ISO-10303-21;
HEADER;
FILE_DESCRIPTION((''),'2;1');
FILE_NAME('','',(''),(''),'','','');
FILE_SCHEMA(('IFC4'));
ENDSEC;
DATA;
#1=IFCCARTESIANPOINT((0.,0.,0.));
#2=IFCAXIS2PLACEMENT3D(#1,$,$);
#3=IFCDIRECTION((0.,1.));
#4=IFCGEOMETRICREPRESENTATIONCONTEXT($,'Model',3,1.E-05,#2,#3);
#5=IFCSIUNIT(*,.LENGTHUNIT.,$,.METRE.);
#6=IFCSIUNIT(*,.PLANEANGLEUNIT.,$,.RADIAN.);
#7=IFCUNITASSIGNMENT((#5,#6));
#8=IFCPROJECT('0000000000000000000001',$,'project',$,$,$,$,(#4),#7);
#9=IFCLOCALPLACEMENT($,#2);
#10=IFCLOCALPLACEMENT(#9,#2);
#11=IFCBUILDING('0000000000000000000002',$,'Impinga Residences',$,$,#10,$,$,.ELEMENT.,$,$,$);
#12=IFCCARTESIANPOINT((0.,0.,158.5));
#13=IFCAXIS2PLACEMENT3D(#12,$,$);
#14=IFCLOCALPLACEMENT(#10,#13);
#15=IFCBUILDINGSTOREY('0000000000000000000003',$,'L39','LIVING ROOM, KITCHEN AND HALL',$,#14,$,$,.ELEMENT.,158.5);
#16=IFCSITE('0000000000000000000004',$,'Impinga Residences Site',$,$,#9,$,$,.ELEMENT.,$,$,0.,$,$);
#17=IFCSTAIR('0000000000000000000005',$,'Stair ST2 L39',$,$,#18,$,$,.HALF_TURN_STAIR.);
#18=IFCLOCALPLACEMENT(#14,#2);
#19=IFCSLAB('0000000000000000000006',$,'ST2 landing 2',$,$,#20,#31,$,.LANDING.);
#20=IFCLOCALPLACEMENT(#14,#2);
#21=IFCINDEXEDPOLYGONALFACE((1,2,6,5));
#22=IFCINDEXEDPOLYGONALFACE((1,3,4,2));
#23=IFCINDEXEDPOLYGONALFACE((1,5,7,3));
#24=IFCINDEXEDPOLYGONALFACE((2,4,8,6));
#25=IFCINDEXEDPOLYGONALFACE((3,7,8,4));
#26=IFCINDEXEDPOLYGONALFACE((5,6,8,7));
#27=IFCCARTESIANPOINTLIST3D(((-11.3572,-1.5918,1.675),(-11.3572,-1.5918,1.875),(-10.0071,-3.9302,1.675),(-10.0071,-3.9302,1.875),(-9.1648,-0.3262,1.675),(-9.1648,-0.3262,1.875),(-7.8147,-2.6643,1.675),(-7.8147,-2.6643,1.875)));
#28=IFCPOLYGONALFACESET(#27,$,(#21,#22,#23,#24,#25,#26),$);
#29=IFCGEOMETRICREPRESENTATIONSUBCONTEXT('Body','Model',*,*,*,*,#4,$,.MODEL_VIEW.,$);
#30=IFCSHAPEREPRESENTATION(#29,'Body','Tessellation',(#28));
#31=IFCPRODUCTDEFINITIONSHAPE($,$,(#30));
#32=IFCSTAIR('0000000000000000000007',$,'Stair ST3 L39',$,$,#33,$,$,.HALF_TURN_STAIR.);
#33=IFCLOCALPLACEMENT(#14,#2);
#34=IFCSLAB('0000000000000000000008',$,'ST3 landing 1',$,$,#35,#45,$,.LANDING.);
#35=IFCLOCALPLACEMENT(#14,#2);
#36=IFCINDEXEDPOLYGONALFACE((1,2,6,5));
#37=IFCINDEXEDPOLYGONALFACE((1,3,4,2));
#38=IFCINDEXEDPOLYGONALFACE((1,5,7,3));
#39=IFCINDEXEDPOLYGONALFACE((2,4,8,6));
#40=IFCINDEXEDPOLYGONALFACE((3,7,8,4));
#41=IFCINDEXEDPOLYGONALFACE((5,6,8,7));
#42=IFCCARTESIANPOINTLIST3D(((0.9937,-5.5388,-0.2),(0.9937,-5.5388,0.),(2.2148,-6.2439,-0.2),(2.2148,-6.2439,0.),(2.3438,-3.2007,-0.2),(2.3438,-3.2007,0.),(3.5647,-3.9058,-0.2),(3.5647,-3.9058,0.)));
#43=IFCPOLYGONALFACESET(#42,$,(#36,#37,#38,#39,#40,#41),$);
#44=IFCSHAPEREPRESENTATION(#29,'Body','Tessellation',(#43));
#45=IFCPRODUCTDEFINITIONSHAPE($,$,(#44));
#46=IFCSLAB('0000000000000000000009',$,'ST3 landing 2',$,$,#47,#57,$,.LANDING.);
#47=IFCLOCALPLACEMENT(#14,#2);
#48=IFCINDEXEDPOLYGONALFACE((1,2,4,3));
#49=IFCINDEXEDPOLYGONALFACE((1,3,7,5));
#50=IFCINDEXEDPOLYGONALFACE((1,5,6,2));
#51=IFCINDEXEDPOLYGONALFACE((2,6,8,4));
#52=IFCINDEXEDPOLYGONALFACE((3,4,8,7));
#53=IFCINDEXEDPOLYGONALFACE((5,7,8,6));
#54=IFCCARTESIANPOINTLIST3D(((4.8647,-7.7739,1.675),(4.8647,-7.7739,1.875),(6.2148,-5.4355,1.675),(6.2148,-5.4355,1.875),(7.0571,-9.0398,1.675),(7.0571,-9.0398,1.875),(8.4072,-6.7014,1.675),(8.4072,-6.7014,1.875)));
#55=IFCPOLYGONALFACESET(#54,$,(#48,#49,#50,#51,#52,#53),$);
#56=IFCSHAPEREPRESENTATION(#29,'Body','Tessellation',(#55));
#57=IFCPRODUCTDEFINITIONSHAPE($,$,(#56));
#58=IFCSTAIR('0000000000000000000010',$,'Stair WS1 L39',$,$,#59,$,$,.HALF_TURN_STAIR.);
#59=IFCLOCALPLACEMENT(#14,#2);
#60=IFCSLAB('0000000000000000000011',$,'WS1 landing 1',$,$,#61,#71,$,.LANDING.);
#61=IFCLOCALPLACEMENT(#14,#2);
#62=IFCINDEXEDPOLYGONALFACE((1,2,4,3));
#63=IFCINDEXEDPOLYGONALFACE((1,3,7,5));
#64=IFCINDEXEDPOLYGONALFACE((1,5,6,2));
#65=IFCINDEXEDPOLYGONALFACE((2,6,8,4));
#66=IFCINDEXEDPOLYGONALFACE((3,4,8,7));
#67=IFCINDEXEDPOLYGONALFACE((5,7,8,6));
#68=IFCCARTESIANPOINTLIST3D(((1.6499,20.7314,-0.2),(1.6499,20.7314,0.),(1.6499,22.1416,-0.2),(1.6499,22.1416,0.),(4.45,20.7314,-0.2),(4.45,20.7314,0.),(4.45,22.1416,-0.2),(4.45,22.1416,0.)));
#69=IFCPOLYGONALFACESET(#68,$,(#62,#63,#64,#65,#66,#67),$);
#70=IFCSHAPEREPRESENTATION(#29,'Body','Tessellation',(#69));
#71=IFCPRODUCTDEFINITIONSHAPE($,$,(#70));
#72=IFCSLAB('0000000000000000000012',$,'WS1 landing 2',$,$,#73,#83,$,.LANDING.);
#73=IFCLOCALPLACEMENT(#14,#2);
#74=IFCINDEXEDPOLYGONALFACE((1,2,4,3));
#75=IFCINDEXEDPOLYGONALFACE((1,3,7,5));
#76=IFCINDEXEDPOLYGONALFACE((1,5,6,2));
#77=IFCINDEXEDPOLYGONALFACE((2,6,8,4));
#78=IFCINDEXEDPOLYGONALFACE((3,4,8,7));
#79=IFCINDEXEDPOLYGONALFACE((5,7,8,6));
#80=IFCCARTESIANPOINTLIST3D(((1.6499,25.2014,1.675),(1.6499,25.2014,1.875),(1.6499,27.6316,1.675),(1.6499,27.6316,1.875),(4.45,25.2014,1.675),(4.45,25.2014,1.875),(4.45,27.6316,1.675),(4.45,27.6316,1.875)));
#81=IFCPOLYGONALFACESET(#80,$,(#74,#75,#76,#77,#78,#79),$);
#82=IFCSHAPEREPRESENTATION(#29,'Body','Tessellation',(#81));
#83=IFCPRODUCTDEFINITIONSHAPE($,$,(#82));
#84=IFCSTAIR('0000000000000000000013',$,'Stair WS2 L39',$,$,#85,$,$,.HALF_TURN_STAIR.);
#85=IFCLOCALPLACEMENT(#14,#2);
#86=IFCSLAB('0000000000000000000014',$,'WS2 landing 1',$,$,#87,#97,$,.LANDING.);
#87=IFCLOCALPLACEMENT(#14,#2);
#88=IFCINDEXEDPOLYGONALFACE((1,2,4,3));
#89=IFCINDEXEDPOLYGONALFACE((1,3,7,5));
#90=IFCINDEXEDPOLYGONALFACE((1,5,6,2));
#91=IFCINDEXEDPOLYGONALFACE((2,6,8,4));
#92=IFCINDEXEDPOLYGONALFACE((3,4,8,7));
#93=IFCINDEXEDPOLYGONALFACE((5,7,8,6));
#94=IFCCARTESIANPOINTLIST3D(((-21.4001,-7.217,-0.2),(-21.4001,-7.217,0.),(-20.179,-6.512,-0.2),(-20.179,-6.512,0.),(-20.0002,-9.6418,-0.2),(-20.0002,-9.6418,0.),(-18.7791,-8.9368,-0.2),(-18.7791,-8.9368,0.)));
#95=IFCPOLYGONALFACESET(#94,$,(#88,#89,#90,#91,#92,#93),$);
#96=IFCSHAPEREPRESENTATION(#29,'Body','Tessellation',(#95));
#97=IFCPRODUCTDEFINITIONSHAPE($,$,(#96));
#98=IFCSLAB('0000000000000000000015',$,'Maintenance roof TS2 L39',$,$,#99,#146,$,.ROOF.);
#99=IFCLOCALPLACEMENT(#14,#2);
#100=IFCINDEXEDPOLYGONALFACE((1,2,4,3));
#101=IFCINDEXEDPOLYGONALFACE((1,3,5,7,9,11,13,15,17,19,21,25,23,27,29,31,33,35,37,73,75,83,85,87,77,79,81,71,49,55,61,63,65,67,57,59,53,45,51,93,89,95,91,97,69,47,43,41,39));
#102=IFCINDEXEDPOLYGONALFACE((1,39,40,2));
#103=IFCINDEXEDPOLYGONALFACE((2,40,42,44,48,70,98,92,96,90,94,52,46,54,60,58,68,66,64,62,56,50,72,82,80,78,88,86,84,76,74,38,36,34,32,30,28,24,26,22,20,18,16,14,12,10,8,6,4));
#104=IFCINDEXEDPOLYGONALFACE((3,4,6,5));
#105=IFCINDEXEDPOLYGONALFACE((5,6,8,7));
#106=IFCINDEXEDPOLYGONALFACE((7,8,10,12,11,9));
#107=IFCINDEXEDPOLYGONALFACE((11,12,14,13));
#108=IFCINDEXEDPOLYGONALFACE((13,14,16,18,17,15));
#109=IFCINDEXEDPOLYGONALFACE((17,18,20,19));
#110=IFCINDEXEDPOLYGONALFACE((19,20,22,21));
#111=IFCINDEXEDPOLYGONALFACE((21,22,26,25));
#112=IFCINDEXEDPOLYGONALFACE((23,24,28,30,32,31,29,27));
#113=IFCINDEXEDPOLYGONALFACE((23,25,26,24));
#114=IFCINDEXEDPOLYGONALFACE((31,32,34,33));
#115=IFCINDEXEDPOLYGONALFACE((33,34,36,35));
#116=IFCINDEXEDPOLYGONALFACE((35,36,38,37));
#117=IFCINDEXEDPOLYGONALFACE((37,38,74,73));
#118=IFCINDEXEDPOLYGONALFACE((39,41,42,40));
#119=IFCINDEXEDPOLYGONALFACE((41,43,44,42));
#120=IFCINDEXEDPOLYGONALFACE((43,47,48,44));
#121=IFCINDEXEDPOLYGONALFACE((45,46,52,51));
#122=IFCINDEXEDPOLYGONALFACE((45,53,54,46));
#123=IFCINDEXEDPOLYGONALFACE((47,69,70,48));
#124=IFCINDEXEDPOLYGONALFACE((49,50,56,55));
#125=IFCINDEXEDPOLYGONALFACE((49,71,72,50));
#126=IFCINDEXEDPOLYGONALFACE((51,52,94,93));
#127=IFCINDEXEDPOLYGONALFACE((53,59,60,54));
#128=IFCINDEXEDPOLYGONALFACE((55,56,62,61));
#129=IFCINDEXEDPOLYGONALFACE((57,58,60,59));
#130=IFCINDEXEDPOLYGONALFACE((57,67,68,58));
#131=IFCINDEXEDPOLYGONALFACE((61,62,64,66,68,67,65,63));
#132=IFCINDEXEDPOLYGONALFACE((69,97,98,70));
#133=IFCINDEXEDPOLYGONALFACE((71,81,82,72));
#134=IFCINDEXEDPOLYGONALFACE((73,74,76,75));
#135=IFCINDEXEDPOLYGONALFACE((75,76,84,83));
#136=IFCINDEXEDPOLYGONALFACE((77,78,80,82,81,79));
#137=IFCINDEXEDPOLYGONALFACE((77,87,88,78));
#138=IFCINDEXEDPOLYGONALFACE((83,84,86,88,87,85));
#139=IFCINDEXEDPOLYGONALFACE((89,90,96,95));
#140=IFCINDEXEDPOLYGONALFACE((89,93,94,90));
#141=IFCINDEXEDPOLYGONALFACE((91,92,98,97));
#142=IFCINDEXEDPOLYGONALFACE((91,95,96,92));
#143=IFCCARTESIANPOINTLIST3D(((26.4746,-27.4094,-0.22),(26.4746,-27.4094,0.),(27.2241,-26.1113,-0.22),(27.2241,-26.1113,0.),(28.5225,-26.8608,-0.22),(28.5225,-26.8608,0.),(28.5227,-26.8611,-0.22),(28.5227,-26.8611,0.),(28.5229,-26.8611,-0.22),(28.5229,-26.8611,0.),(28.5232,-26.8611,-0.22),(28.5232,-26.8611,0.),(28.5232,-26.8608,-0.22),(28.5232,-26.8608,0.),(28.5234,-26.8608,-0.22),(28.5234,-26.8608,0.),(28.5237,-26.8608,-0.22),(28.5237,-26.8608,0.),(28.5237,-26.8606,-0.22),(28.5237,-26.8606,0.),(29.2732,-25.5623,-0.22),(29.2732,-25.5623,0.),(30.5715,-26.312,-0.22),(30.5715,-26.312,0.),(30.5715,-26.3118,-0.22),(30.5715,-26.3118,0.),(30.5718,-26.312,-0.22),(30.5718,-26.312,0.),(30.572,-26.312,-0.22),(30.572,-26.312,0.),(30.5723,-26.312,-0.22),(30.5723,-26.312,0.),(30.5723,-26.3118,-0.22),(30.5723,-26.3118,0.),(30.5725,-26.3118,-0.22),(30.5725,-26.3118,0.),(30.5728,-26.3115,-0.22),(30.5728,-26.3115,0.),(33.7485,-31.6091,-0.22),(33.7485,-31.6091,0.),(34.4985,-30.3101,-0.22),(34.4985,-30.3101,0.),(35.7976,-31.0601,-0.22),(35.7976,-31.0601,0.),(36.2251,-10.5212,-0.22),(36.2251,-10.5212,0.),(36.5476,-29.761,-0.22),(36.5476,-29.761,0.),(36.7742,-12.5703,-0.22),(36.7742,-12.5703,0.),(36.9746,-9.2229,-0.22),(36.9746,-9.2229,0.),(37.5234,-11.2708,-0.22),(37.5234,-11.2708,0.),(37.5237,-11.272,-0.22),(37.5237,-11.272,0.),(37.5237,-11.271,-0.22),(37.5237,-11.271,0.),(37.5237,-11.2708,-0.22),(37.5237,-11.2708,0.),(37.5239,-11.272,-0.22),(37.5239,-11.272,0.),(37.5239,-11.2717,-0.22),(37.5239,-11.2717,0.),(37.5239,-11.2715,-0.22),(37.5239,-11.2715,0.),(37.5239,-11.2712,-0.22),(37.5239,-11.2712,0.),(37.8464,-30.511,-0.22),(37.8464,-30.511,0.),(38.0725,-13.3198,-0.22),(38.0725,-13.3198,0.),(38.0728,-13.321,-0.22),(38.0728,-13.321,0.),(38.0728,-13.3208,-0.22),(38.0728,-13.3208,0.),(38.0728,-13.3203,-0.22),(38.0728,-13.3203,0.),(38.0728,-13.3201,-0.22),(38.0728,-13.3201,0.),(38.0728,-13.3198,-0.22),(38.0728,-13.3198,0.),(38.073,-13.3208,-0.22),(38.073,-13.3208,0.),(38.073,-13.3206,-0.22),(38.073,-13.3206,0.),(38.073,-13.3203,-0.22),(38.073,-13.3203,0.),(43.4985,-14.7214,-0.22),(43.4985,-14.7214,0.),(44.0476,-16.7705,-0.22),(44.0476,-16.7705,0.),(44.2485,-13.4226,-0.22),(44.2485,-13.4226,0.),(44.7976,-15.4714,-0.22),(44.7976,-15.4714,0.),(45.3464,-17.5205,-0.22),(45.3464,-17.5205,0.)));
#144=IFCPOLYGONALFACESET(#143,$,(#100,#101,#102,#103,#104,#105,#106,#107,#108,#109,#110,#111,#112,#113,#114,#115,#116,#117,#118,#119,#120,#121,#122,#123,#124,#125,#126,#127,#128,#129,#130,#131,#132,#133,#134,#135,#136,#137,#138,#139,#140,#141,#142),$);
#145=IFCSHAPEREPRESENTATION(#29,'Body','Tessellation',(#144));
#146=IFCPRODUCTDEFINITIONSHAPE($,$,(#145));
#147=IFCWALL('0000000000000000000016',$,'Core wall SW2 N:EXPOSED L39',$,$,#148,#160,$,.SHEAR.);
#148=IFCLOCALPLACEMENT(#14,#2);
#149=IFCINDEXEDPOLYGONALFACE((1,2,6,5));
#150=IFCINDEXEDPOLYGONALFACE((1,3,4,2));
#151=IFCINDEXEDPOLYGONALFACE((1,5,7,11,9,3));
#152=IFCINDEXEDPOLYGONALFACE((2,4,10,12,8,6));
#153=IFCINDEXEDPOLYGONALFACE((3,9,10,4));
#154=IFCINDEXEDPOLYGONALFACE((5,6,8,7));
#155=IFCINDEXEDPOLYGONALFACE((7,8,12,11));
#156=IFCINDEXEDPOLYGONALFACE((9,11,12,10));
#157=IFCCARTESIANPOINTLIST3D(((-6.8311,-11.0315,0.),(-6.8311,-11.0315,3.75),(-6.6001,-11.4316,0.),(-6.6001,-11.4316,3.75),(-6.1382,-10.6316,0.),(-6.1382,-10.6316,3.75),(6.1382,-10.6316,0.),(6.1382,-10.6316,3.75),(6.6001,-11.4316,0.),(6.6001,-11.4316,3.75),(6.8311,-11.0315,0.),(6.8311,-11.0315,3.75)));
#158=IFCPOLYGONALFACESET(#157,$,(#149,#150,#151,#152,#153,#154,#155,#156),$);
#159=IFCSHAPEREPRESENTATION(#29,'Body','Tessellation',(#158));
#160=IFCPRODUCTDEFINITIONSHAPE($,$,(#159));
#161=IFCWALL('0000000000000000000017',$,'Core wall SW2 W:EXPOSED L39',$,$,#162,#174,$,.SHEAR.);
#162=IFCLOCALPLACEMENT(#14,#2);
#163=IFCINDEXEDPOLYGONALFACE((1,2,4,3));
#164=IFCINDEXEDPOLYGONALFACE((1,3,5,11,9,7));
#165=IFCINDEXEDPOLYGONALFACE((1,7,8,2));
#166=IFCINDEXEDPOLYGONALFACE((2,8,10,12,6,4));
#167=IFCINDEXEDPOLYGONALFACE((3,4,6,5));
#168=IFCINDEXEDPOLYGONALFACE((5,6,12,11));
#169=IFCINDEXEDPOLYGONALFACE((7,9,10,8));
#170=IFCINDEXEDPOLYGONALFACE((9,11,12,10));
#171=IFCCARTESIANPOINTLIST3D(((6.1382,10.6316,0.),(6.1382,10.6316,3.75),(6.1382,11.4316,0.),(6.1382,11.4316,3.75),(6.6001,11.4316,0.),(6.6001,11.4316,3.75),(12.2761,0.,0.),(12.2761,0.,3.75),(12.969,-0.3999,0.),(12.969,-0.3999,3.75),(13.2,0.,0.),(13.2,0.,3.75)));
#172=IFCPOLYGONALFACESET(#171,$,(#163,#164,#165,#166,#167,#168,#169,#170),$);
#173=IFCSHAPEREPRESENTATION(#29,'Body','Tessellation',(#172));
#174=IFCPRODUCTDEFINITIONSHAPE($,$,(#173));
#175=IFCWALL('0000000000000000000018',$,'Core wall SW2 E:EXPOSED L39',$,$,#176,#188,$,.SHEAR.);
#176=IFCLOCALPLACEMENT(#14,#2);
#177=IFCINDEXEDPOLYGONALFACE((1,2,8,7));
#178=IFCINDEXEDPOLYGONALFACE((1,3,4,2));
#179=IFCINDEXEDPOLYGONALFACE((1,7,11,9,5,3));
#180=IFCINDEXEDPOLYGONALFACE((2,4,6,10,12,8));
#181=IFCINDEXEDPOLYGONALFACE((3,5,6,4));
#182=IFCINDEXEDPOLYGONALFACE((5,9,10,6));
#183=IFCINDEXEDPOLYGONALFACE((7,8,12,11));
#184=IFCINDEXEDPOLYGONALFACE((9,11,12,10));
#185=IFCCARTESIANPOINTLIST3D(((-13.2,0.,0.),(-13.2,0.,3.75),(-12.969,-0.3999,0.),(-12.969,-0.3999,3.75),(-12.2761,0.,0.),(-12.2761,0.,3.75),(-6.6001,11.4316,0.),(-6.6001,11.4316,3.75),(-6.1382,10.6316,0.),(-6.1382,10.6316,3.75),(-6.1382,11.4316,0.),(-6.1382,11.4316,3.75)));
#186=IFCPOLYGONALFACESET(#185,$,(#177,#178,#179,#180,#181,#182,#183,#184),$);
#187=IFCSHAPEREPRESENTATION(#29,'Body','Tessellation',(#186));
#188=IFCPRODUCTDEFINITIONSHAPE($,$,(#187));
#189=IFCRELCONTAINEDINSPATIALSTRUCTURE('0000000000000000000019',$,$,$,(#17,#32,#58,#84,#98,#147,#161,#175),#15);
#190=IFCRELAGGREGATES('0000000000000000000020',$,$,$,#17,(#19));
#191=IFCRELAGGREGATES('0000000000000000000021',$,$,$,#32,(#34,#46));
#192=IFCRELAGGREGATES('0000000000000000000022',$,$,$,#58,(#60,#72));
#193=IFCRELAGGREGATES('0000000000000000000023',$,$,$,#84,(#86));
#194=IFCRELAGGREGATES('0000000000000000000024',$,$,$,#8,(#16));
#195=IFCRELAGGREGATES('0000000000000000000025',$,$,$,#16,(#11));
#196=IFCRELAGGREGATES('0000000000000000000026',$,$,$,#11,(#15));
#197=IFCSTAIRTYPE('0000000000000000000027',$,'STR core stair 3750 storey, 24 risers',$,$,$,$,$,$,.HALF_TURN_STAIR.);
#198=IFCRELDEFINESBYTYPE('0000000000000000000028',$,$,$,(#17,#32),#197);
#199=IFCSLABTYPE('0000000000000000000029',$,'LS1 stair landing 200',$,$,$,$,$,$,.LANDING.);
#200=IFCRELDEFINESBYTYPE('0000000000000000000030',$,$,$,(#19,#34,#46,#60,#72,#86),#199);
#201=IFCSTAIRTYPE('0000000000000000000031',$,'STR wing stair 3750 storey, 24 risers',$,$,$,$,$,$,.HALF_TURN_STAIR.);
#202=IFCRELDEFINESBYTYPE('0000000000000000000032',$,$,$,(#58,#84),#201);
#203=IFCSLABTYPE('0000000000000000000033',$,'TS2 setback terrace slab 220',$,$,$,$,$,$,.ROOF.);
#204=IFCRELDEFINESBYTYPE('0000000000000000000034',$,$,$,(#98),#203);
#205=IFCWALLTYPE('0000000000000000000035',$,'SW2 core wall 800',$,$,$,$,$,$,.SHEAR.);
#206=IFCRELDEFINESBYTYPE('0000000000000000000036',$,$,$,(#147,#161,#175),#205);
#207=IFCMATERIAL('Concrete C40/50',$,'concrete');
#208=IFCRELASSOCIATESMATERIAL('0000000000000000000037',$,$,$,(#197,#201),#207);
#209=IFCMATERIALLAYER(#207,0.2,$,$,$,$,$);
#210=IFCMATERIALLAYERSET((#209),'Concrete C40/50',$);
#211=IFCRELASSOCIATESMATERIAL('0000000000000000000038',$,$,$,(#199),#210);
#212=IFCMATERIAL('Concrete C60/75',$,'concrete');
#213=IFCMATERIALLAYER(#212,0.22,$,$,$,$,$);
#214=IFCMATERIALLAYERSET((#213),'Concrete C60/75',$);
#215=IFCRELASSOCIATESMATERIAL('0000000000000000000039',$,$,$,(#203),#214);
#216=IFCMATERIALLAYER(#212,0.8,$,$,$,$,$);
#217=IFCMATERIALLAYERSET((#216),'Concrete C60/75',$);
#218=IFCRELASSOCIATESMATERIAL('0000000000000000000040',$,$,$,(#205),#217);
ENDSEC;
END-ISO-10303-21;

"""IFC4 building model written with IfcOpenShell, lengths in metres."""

from ifc_helpers import new_model, si_unit, direction, frame, origin, place, context, subcontext, project, spatial, polyline, outline, extrude, material, layer, layer_set, type_object, element, aggregate, save


model = new_model("IFC4")

# Units and contexts
model_context = context("Model", 3, precision=1e-05, world=origin(), true_north=direction((0.0, 1.0)))
body_context = subcontext(model_context, "Body", "Model", "MODEL_VIEW")
ifc_project = project(units=[si_unit("LENGTHUNIT", "METRE"), si_unit("PLANEANGLEUNIT", "RADIAN")], contexts=[model_context])

# Site, building, storey
site_placement = place(None, origin())
site = spatial("IfcSite", under=ifc_project, at=site_placement, Name="Impinga Residences Site", CompositionType="ELEMENT", RefElevation=0.0)
building_placement = place(site_placement, origin())
building = spatial("IfcBuilding", under=site, at=building_placement, Name="Impinga Residences", CompositionType="ELEMENT")
storey_placement = place(building_placement, frame((0.0, 0.0, 158.5)))
storey = spatial("IfcBuildingStorey", under=building, at=storey_placement, Name="L39", Description="LIVING ROOM, KITCHEN AND HALL", CompositionType="ELEMENT", Elevation=158.5)

# Shared definitions
ifc_material_1 = material(Name="Concrete C60/75", Category="concrete")

# Stairs, slabs
ifc_material_2 = material(Name="Concrete C40/50", Category="concrete")
stair_type_1 = type_object("IfcStairType", Name="STR core stair 3750 storey, 24 risers", PredefinedType="HALF_TURN_STAIR", material=ifc_material_2)
ifc_layer_1 = layer(ifc_material_2, 0.2)
ifc_layer_set_1 = layer_set([ifc_layer_1], Name="Concrete C40/50")
slab_type_1 = type_object("IfcSlabType", Name="LS1 stair landing 200", PredefinedType="LANDING", material=ifc_layer_set_1)
stair_1_placement = place(storey_placement, origin())
stair_1 = element("IfcStair", 1, at=stair_1_placement, inside=storey, type_object=stair_type_1, Name="Stair ST2 L39", PredefinedType="HALF_TURN_STAIR")
slab_1_placement = place(storey_placement, frame((0.0, 0.0, 1.675)))
slab_1 = element("IfcSlab", 2, at=slab_1_placement, type_object=slab_type_1, Name="ST2 landing 2", PredefinedType="LANDING", context=body_context, shape_type="SweptSolid", body=[
    extrude(outline(polyline([(-7.8147, -2.6643), (-9.1648, -0.3262), (-11.3572, -1.5918), (-10.0071, -3.9302), (-7.8147, -2.6643)])), origin(), (0.0, 0.0, 1.0), 0.2),
])
aggregate(stair_1, [slab_1])
stair_2_placement = place(storey_placement, origin())
stair_2 = element("IfcStair", 3, at=stair_2_placement, inside=storey, type_object=stair_type_1, Name="Stair ST3 L39", PredefinedType="HALF_TURN_STAIR")
slab_2_placement = place(storey_placement, frame((0.0, 0.0, -0.2)))
slab_2 = element("IfcSlab", 4, at=slab_2_placement, type_object=slab_type_1, Name="ST3 landing 1", PredefinedType="LANDING", context=body_context, shape_type="SweptSolid", body=[
    extrude(outline(polyline([(2.3438, -3.2007), (0.9937, -5.5388), (2.2148, -6.2439), (3.5647, -3.9058), (2.3438, -3.2007)])), origin(), (0.0, 0.0, 1.0), 0.2),
])
slab_3_placement = place(storey_placement, frame((0.0, 0.0, 1.675)))
slab_3 = element("IfcSlab", 5, at=slab_3_placement, type_object=slab_type_1, Name="ST3 landing 2", PredefinedType="LANDING", context=body_context, shape_type="SweptSolid", body=[
    extrude(outline(polyline([(6.2148, -5.4355), (4.8647, -7.7739), (7.0571, -9.0398), (8.4072, -6.7014), (6.2148, -5.4355)])), origin(), (0.0, 0.0, 1.0), 0.2),
])
aggregate(stair_2, [slab_2, slab_3])
stair_type_2 = type_object("IfcStairType", Name="STR wing stair 3750 storey, 24 risers", PredefinedType="HALF_TURN_STAIR", material=ifc_material_2)
stair_3_placement = place(storey_placement, origin())
stair_3 = element("IfcStair", 6, at=stair_3_placement, inside=storey, type_object=stair_type_2, Name="Stair WS1 L39", PredefinedType="HALF_TURN_STAIR")
slab_4_placement = place(storey_placement, frame((0.0, 0.0, -0.2)))
slab_4 = element("IfcSlab", 7, at=slab_4_placement, type_object=slab_type_1, Name="WS1 landing 1", PredefinedType="LANDING", context=body_context, shape_type="SweptSolid", body=[
    extrude(outline(polyline([(1.6499, 20.7314), (4.45, 20.7314), (4.45, 22.1416), (1.6499, 22.1416), (1.6499, 20.7314)])), origin(), (0.0, 0.0, 1.0), 0.2),
])
slab_5_placement = place(storey_placement, frame((0.0, 0.0, 1.675)))
slab_5 = element("IfcSlab", 8, at=slab_5_placement, type_object=slab_type_1, Name="WS1 landing 2", PredefinedType="LANDING", context=body_context, shape_type="SweptSolid", body=[
    extrude(outline(polyline([(1.6499, 25.2014), (4.45, 25.2014), (4.45, 27.6316), (1.6499, 27.6316), (1.6499, 25.2014)])), origin(), (0.0, 0.0, 1.0), 0.2),
])
aggregate(stair_3, [slab_4, slab_5])

# Stair, slab
stair_4_placement = place(storey_placement, origin())
stair_4 = element("IfcStair", 9, at=stair_4_placement, inside=storey, type_object=stair_type_2, Name="Stair WS2 L39", PredefinedType="HALF_TURN_STAIR")
slab_6_placement = place(storey_placement, frame((0.0, 0.0, -0.2)))
slab_6 = element("IfcSlab", 10, at=slab_6_placement, type_object=slab_type_1, Name="WS2 landing 1", PredefinedType="LANDING", context=body_context, shape_type="SweptSolid", body=[
    extrude(outline(polyline([(-18.7791, -8.9368), (-20.179, -6.512), (-21.4001, -7.217), (-20.0002, -9.6418), (-18.7791, -8.9368)])), origin(), (0.0, 0.0, 1.0), 0.2),
])
aggregate(stair_4, [slab_6])

# Slab
ifc_layer_2 = layer(ifc_material_1, 0.22)
ifc_layer_set_2 = layer_set([ifc_layer_2], Name="Concrete C60/75")
slab_type_2 = type_object("IfcSlabType", Name="TS2 setback terrace slab 220", PredefinedType="ROOF", material=ifc_layer_set_2)
slab_7_placement = place(storey_placement, frame((0.0, 0.0, -0.22)))
element("IfcSlab", 11, at=slab_7_placement, inside=storey, type_object=slab_type_2, Name="Maintenance roof TS2 L39", PredefinedType="ROOF", context=body_context, shape_type="SweptSolid", body=[
    extrude(outline(polyline([(43.4985, -14.7214), (44.7976, -15.4714), (44.0476, -16.7705), (45.3464, -17.5205), (37.8464, -30.511), (36.5476, -29.761), (35.7976, -31.0601), (34.4985, -30.3101), (33.7485, -31.6091), (26.4746, -27.4094), (27.2241, -26.1113), (28.5225, -26.8608), (28.5225, -26.8608), (28.5225, -26.8608), (28.5227, -26.8611), (28.5227, -26.8611), (28.5229, -26.8611), (28.5229, -26.8611), (28.5229, -26.8611), (28.5232, -26.8611), (28.5232, -26.8608), (28.5234, -26.8608), (28.5234, -26.8608), (28.5234, -26.8608), (28.5237, -26.8608), (28.5237, -26.8606), (28.5237, -26.8606), (28.5237, -26.8606), (29.2732, -25.5623), (30.5715, -26.3118), (30.5715, -26.3118), (30.5715, -26.312), (30.5718, -26.312), (30.5718, -26.312), (30.5718, -26.312), (30.572, -26.312), (30.572, -26.312), (30.5723, -26.312), (30.5723, -26.312), (30.5723, -26.3118), (30.5725, -26.3118), (30.5725, -26.3118), (30.5725, -26.3118), (30.5728, -26.3115), (30.5728, -26.3115), (30.5728, -26.3115), (38.0728, -13.321), (38.0728, -13.321), (38.0728, -13.3208), (38.073, -13.3208), (38.073, -13.3208), (38.073, -13.3206), (38.073, -13.3206), (38.073, -13.3203), (38.073, -13.3203), (38.0728, -13.3203), (38.0728, -13.3201), (38.0728, -13.3201), (38.0728, -13.3201), (38.0728, -13.3198), (38.0725, -13.3198), (38.0725, -13.3198), (38.0725, -13.3198), (36.7742, -12.5703), (37.5237, -11.272), (37.5237, -11.272), (37.5239, -11.272), (37.5239, -11.2717), (37.5239, -11.2717), (37.5239, -11.2715), (37.5239, -11.2715), (37.5239, -11.2715), (37.5239, -11.2712), (37.5239, -11.2712), (37.5237, -11.271), (37.5237, -11.271), (37.5237, -11.271), (37.5237, -11.2708), (37.5234, -11.2708), (37.5234, -11.2708), (37.5234, -11.2708), (36.2251, -10.5212), (36.9746, -9.2229), (36.9746, -9.2229), (44.2485, -13.4226), (43.4985, -14.7214)])), origin(), (0.0, 0.0, 1.0), 0.22),
])

# Walls
ifc_layer_3 = layer(ifc_material_1, 0.8)
ifc_layer_set_3 = layer_set([ifc_layer_3], Name="Concrete C60/75")
wall_type_1 = type_object("IfcWallType", Name="SW2 core wall 800", PredefinedType="SHEAR", material=ifc_layer_set_3)
wall_1_placement = place(storey_placement, origin())
element("IfcWall", 12, at=wall_1_placement, inside=storey, type_object=wall_type_1, Name="Core wall SW2 N:EXPOSED L39", PredefinedType="SHEAR", context=body_context, shape_type="SweptSolid", body=[
    extrude(outline(polyline([(-6.6001, -11.4316), (6.6001, -11.4316), (6.8311, -11.0315), (6.1382, -10.6316), (-6.1382, -10.6316), (-6.8311, -11.0315), (-6.6001, -11.4316)])), origin(), (0.0, 0.0, 1.0), 3.75),
])
wall_2_placement = place(storey_placement, origin())
element("IfcWall", 13, at=wall_2_placement, inside=storey, type_object=wall_type_1, Name="Core wall SW2 W:EXPOSED L39", PredefinedType="SHEAR", context=body_context, shape_type="SweptSolid", body=[
    extrude(outline(polyline([(13.2, 0.0), (6.6001, 11.4316), (6.1382, 11.4316), (6.1382, 10.6316), (12.2761, 0.0), (12.969, -0.3999), (13.2, 0.0)])), origin(), (0.0, 0.0, 1.0), 3.75),
])
wall_3_placement = place(storey_placement, origin())
element("IfcWall", 14, at=wall_3_placement, inside=storey, type_object=wall_type_1, Name="Core wall SW2 E:EXPOSED L39", PredefinedType="SHEAR", context=body_context, shape_type="SweptSolid", body=[
    extrude(outline(polyline([(-6.6001, 11.4316), (-13.2, 0.0), (-12.969, -0.3999), (-12.2761, 0.0), (-6.1382, 10.6316), (-6.1382, 11.4316), (-6.6001, 11.4316)])), origin(), (0.0, 0.0, 1.0), 3.75),
])

save(model, "model.ifc")
